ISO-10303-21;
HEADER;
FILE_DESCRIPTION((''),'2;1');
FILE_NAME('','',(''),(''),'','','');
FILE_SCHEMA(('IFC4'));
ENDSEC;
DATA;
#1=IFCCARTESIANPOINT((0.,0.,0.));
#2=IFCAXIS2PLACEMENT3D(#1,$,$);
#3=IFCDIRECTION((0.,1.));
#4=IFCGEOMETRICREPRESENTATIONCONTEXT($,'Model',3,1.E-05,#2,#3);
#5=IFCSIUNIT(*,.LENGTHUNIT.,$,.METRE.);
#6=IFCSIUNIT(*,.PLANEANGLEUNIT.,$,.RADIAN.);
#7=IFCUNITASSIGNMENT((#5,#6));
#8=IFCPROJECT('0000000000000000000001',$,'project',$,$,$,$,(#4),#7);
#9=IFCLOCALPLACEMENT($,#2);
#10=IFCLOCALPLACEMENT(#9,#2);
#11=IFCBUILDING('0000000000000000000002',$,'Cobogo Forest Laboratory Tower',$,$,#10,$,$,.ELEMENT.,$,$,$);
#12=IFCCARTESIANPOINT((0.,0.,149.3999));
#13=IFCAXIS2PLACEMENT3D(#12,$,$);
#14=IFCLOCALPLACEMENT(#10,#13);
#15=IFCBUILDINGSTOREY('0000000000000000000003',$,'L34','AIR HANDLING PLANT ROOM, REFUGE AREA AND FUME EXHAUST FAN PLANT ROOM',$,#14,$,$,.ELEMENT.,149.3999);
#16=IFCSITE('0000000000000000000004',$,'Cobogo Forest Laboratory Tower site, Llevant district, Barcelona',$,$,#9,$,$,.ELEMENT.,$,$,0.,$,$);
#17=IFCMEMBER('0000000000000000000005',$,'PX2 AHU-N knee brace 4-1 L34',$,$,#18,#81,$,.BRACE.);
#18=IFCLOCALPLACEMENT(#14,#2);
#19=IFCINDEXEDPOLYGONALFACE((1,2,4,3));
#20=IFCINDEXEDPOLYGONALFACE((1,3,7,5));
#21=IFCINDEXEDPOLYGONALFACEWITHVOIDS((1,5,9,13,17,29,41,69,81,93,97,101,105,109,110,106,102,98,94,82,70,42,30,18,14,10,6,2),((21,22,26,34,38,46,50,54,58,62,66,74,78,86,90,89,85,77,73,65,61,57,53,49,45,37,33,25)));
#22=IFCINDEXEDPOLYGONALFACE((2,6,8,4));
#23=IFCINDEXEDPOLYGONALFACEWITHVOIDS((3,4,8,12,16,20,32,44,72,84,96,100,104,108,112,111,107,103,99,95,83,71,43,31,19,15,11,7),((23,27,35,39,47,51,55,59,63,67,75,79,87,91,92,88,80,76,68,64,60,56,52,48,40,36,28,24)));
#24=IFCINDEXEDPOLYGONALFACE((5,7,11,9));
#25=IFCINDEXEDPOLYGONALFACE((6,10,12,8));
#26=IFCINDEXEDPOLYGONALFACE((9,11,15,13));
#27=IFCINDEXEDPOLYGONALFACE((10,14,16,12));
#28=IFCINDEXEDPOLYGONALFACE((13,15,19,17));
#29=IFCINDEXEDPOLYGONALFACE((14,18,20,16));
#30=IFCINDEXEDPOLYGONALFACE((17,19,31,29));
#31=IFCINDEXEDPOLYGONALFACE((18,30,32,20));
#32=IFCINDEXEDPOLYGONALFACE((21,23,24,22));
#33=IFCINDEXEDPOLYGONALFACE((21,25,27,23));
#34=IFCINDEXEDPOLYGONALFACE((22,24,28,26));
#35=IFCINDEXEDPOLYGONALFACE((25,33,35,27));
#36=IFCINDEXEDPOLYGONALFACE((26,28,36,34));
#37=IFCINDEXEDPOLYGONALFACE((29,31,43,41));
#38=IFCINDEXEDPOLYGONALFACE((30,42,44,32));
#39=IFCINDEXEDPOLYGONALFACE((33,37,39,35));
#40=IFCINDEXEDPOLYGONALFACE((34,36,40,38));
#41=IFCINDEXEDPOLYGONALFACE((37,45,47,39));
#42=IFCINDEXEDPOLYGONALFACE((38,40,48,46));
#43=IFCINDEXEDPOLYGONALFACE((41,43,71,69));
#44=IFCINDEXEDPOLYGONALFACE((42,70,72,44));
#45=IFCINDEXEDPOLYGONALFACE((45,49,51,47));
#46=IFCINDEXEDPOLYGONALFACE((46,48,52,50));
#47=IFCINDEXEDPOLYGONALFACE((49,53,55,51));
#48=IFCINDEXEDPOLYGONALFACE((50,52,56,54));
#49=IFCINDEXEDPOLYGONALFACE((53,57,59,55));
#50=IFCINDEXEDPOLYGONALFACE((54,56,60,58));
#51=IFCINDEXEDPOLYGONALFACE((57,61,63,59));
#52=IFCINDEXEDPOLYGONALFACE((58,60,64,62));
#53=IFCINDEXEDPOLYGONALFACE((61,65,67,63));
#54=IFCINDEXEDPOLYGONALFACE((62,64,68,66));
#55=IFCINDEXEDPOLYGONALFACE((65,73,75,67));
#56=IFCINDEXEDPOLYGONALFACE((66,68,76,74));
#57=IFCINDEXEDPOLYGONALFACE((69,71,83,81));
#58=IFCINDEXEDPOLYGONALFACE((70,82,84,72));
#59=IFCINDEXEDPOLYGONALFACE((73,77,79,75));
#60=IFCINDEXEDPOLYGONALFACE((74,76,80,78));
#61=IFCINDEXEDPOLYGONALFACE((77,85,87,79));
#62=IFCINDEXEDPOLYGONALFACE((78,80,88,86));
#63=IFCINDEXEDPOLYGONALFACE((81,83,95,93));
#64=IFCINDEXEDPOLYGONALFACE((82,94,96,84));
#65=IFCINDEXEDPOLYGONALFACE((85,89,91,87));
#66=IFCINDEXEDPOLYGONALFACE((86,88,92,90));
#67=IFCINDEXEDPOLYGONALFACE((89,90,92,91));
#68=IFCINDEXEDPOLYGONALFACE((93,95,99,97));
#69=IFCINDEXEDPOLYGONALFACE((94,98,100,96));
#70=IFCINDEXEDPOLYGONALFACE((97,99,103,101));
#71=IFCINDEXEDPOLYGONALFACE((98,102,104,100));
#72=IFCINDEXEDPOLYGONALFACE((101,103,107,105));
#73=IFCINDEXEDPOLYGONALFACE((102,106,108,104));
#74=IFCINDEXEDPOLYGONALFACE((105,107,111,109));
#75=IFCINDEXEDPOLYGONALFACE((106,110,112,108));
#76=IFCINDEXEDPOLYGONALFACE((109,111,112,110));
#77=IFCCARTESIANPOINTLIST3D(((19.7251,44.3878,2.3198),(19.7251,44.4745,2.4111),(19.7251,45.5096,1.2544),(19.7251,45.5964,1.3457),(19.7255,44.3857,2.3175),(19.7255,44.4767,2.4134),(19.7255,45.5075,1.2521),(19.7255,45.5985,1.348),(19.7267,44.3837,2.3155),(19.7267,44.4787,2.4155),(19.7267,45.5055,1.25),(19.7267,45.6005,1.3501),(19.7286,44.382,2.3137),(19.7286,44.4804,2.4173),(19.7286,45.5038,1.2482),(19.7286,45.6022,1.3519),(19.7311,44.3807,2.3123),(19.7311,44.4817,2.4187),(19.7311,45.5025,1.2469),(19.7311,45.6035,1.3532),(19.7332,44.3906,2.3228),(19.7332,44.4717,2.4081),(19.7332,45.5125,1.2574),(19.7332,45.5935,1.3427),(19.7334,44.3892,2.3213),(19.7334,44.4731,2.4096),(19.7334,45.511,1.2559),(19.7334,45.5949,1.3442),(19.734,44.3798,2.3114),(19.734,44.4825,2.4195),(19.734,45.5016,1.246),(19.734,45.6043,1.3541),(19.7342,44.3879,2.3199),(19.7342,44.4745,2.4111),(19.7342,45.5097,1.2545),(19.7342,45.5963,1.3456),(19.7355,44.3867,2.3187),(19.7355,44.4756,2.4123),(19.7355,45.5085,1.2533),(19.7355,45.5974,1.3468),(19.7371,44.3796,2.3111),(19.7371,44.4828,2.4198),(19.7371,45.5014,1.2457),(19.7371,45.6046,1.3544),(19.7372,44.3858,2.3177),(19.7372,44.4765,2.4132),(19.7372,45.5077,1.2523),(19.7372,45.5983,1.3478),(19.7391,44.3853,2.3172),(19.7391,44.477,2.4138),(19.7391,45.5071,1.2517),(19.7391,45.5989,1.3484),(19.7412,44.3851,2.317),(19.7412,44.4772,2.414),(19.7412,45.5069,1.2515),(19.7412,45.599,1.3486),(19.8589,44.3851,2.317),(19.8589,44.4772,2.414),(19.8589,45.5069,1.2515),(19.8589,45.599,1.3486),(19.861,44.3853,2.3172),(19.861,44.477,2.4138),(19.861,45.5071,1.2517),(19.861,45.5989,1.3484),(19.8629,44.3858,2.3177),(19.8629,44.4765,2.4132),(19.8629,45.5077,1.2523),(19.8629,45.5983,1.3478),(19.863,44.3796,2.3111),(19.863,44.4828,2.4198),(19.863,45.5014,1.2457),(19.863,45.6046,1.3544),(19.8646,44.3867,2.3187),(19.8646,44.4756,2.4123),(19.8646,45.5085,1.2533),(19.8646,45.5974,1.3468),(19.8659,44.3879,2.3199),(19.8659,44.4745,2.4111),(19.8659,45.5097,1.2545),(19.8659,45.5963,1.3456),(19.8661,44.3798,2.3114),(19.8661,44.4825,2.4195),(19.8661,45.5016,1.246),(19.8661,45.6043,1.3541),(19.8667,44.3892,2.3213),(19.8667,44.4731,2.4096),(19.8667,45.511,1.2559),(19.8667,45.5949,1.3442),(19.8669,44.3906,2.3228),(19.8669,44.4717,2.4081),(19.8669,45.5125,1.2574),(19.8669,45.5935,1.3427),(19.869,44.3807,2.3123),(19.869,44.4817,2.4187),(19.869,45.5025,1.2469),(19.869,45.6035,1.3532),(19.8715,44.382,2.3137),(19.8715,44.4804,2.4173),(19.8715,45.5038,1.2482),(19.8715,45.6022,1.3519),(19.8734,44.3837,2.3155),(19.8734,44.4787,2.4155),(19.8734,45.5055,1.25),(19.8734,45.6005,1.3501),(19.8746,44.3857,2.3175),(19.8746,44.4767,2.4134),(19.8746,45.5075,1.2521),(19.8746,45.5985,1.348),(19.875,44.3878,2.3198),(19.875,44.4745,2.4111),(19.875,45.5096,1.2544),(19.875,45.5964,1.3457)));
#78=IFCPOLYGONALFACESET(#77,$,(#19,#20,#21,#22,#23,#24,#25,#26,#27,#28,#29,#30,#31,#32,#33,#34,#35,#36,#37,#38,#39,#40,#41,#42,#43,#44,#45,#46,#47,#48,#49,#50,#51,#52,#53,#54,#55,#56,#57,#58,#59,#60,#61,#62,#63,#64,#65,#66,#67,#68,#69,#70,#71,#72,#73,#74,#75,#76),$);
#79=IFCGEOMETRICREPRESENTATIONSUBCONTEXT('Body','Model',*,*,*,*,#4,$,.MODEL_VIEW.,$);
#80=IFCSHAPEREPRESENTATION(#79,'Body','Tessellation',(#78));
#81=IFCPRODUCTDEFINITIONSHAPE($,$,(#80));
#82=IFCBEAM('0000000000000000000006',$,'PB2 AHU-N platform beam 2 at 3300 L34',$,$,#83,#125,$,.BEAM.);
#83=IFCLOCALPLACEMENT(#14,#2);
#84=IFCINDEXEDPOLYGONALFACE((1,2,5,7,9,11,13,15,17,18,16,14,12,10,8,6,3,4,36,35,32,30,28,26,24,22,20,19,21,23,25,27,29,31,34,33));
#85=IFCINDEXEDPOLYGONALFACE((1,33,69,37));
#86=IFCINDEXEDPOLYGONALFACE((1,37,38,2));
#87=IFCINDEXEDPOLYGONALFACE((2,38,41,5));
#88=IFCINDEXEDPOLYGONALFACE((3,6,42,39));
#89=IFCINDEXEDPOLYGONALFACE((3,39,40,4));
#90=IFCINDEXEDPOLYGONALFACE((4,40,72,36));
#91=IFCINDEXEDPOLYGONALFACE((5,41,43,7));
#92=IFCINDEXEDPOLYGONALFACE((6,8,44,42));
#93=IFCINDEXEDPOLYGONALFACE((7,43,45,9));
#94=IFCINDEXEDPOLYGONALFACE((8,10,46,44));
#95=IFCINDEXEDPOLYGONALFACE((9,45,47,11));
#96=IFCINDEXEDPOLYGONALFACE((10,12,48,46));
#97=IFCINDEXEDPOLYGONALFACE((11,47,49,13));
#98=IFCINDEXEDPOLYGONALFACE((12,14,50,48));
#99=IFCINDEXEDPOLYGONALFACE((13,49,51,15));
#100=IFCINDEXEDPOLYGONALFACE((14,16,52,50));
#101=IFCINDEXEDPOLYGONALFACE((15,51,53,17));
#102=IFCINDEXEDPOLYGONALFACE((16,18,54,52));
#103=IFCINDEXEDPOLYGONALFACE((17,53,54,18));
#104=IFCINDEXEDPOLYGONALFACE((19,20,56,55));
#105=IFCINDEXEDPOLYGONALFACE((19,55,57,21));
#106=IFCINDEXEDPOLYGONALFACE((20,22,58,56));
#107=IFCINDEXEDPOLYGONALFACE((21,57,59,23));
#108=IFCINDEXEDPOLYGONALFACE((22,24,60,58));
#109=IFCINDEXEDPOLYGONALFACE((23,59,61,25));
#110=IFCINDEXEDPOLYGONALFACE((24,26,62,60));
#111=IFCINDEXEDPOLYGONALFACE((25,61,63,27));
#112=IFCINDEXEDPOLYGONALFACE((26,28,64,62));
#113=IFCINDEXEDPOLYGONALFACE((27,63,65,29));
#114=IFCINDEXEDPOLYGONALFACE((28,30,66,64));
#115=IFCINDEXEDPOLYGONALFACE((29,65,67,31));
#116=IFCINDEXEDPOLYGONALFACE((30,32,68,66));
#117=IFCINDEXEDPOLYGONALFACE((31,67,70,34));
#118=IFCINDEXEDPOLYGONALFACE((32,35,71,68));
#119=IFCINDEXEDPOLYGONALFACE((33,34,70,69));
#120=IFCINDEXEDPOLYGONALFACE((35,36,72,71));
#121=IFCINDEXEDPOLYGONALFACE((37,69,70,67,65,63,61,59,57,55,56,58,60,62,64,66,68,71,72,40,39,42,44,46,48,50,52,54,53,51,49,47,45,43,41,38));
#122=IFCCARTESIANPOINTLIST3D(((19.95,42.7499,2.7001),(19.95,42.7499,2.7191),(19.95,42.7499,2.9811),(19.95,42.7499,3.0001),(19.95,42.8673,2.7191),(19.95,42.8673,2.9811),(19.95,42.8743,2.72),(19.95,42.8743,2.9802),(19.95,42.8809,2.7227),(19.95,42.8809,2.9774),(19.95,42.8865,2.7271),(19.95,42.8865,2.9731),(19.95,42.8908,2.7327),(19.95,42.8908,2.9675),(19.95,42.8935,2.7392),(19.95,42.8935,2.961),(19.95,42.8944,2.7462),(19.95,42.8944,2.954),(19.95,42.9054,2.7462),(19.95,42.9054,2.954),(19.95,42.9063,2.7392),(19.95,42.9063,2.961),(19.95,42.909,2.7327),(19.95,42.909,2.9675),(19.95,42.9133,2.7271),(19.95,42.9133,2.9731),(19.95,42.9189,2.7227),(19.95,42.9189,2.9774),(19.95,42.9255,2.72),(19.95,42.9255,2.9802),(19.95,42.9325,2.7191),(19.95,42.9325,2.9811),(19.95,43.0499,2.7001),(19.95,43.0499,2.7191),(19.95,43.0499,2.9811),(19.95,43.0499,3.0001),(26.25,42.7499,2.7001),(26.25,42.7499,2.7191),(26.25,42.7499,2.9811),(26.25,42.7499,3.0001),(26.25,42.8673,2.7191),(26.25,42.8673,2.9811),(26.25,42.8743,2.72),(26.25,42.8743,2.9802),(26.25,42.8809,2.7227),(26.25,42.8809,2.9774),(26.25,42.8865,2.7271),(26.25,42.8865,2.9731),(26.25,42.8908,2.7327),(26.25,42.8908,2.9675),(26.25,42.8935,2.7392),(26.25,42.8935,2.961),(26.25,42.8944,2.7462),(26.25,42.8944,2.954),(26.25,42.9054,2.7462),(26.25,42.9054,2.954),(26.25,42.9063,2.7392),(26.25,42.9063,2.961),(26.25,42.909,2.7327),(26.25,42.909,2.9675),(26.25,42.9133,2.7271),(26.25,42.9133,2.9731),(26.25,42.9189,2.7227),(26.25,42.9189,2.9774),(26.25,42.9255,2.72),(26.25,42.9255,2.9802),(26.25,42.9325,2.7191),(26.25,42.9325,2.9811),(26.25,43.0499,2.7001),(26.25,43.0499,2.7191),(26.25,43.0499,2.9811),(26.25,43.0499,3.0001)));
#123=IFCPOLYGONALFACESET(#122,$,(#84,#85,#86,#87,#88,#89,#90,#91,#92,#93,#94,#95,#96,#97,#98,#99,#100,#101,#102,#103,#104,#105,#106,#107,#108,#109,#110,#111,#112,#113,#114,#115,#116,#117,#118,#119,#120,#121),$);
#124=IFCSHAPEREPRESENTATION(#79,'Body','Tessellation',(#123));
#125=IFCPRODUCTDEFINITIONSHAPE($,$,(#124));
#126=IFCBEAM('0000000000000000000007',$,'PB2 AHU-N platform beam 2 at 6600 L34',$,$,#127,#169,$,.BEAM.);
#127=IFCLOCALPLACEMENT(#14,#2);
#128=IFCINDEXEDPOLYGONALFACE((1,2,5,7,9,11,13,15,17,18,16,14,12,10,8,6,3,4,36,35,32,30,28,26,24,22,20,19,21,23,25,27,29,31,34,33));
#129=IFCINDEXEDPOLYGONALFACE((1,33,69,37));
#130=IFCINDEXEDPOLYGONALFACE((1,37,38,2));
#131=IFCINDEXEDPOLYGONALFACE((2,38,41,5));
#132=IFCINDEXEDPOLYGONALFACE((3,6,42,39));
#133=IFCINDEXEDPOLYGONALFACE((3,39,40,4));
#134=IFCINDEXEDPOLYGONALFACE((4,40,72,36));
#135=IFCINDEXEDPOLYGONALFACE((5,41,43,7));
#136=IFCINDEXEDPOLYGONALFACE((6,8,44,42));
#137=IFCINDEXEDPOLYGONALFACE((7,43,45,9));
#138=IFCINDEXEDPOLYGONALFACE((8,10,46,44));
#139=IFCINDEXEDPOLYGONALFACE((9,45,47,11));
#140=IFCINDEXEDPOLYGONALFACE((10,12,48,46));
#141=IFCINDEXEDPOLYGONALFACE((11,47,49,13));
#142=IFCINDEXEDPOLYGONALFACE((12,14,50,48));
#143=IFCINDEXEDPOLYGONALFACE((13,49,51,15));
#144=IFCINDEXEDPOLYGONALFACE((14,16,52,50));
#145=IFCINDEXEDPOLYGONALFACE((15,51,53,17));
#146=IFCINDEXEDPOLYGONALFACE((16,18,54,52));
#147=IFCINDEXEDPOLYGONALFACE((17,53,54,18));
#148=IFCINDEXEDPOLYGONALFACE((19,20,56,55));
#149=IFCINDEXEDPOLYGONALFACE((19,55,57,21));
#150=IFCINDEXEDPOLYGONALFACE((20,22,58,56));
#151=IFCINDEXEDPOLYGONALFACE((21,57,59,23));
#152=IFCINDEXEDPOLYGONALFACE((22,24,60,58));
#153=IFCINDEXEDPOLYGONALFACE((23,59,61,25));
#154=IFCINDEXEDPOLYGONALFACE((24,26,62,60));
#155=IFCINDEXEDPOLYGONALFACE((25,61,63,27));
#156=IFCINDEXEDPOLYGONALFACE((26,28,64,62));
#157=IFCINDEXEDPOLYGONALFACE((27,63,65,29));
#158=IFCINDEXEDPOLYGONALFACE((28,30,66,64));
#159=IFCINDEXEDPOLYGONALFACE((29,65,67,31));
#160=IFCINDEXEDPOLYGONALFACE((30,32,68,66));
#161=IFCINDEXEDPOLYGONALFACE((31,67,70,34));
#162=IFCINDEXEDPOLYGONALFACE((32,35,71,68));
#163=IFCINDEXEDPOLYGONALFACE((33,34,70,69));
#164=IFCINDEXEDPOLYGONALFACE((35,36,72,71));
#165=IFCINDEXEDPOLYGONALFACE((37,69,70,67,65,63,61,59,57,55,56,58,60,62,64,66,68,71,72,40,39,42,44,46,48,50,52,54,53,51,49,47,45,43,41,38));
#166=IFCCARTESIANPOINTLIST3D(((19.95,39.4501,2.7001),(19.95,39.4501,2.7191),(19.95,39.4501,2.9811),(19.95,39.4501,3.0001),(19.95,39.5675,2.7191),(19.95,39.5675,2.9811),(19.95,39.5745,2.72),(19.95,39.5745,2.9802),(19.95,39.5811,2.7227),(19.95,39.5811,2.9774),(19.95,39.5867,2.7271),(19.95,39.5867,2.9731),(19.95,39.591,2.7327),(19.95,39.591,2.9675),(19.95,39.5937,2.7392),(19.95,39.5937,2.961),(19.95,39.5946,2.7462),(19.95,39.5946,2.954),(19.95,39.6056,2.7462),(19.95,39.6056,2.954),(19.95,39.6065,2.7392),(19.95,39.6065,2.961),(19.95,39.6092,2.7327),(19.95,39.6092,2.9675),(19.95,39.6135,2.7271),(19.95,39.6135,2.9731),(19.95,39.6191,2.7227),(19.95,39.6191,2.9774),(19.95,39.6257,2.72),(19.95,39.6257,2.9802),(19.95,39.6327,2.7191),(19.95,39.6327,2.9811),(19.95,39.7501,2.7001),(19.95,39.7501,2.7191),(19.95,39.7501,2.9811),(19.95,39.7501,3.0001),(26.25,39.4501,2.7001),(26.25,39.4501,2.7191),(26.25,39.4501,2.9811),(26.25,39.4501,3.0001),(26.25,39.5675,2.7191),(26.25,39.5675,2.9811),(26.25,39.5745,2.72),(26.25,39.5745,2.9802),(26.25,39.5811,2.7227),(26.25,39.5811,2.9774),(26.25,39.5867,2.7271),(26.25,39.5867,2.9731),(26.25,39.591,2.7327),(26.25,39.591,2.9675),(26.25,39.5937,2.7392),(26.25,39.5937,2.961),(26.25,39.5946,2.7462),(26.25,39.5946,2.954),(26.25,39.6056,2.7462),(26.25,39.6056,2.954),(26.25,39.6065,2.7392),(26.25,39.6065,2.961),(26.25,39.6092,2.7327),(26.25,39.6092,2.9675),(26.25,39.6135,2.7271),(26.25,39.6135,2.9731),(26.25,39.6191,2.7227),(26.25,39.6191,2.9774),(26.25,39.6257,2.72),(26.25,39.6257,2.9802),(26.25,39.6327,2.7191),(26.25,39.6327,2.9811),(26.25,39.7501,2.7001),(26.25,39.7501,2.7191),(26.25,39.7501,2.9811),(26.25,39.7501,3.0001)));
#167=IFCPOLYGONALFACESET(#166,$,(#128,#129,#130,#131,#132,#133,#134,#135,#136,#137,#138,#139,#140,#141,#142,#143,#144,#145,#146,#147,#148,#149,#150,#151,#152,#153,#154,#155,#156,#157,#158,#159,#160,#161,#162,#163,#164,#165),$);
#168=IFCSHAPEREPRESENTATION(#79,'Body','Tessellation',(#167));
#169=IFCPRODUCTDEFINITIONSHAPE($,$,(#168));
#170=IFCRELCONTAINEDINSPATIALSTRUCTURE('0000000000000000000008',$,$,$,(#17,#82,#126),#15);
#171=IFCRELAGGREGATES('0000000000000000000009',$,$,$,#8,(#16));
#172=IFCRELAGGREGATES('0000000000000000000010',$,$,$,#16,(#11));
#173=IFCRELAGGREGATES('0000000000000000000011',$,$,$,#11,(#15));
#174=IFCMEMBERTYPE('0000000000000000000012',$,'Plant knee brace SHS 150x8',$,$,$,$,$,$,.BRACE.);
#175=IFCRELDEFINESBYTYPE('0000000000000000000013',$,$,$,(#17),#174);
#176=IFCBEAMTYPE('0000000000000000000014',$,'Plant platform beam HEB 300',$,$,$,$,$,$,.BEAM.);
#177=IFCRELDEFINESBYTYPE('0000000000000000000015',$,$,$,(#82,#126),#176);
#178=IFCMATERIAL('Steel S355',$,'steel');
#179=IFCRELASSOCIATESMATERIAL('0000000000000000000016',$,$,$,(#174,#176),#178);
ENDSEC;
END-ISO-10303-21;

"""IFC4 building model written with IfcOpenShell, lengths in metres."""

from ifc_helpers import new_model, si_unit, direction, frame, origin, origin_2d, place, context, subcontext, project, spatial, hollow_rectangle, i_section, extrude, material, material_profile, profile_set, type_object, element, save


model = new_model("IFC4")

# Units and contexts
model_context = context("Model", 3, precision=1e-05, world=origin(), true_north=direction((0.0, 1.0)))
body_context = subcontext(model_context, "Body", "Model", "MODEL_VIEW")
ifc_project = project(units=[si_unit("LENGTHUNIT", "METRE"), si_unit("PLANEANGLEUNIT", "RADIAN")], contexts=[model_context])

# Site, building, storey
site_placement = place(None, origin())
site = spatial("IfcSite", under=ifc_project, at=site_placement, Name="Cobogo Forest Laboratory Tower site, Llevant district, Barcelona", CompositionType="ELEMENT", RefElevation=0.0)
building_placement = place(site_placement, origin())
building = spatial("IfcBuilding", under=site, at=building_placement, Name="Cobogo Forest Laboratory Tower", CompositionType="ELEMENT")
storey_placement = place(building_placement, frame((0.0, 0.0, 149.3999)))
storey = spatial("IfcBuildingStorey", under=building, at=storey_placement, Name="L34", Description="AIR HANDLING PLANT ROOM, REFUGE AREA AND FUME EXHAUST FAN PLANT ROOM", CompositionType="ELEMENT", Elevation=149.3999)

# Member
ifc_material_1 = material(Name="Steel S355", Category="steel")
ifc_material_profile_1 = material_profile(ifc_material_1, hollow_rectangle(XDim=0.1499, YDim=0.1499, WallThickness=0.0081, InnerFilletRadius=0.0081, OuterFilletRadius=0.012, at=origin_2d()), Name="SHS 150x8")
ifc_profile_set_1 = profile_set([ifc_material_profile_1], Name="Steel S355")
member_type_1 = type_object("IfcMemberType", Name="Plant knee brace SHS 150x8", PredefinedType="BRACE", material=ifc_profile_set_1)
member_1_placement = place(storey_placement, frame((19.8, 45.553, 1.3), z_axis=(0.0, -0.725098, 0.688646), x_axis=(1.0, 0.0, 0.0)))
element("IfcMember", 1, at=member_1_placement, inside=storey, type_object=member_type_1, Name="PX2 AHU-N knee brace 4-1 L34", PredefinedType="BRACE", context=body_context, shape_type="SweptSolid", body=[
    extrude(hollow_rectangle(XDim=0.1499, YDim=0.1499, WallThickness=0.0081, InnerFilletRadius=0.0081, OuterFilletRadius=0.012, at=origin_2d()), origin(), (0.0, 0.0, 1.0), 1.5471),
])

# Beams
ifc_material_profile_2 = material_profile(ifc_material_1, i_section(OverallWidth=0.3, OverallDepth=0.3, WebThickness=0.011, FlangeThickness=0.019, FilletRadius=0.0271, at=origin_2d()), Name="HEB 300")
ifc_profile_set_2 = profile_set([ifc_material_profile_2], Name="Steel S355")
beam_type_1 = type_object("IfcBeamType", Name="Plant platform beam HEB 300", PredefinedType="BEAM", material=ifc_profile_set_2)
for number, where, z_axis, x_axis, name in (
    (2, (19.95, 42.8999, 2.8501), (1.0, 0.0, 0.0), (0.0, 1.0, 0.0), "PB2 AHU-N platform beam 2 at 3300 L34"),
    (3, (19.95, 39.6001, 2.8501), (1.0, 0.0, 0.0), (0.0, 1.0, 0.0), "PB2 AHU-N platform beam 2 at 6600 L34"),
):
    element("IfcBeam", number, at=place(storey_placement, frame(where, z_axis=z_axis, x_axis=x_axis)), inside=storey, type_object=beam_type_1, Name=name, PredefinedType="BEAM", context=body_context, shape_type="SweptSolid", body=[
        extrude(i_section(OverallWidth=0.3, OverallDepth=0.3, WebThickness=0.011, FlangeThickness=0.019, FilletRadius=0.0271, at=origin_2d()), origin(), (0.0, 0.0, 1.0), 6.3),
    ])

save(model, "model.ifc")
